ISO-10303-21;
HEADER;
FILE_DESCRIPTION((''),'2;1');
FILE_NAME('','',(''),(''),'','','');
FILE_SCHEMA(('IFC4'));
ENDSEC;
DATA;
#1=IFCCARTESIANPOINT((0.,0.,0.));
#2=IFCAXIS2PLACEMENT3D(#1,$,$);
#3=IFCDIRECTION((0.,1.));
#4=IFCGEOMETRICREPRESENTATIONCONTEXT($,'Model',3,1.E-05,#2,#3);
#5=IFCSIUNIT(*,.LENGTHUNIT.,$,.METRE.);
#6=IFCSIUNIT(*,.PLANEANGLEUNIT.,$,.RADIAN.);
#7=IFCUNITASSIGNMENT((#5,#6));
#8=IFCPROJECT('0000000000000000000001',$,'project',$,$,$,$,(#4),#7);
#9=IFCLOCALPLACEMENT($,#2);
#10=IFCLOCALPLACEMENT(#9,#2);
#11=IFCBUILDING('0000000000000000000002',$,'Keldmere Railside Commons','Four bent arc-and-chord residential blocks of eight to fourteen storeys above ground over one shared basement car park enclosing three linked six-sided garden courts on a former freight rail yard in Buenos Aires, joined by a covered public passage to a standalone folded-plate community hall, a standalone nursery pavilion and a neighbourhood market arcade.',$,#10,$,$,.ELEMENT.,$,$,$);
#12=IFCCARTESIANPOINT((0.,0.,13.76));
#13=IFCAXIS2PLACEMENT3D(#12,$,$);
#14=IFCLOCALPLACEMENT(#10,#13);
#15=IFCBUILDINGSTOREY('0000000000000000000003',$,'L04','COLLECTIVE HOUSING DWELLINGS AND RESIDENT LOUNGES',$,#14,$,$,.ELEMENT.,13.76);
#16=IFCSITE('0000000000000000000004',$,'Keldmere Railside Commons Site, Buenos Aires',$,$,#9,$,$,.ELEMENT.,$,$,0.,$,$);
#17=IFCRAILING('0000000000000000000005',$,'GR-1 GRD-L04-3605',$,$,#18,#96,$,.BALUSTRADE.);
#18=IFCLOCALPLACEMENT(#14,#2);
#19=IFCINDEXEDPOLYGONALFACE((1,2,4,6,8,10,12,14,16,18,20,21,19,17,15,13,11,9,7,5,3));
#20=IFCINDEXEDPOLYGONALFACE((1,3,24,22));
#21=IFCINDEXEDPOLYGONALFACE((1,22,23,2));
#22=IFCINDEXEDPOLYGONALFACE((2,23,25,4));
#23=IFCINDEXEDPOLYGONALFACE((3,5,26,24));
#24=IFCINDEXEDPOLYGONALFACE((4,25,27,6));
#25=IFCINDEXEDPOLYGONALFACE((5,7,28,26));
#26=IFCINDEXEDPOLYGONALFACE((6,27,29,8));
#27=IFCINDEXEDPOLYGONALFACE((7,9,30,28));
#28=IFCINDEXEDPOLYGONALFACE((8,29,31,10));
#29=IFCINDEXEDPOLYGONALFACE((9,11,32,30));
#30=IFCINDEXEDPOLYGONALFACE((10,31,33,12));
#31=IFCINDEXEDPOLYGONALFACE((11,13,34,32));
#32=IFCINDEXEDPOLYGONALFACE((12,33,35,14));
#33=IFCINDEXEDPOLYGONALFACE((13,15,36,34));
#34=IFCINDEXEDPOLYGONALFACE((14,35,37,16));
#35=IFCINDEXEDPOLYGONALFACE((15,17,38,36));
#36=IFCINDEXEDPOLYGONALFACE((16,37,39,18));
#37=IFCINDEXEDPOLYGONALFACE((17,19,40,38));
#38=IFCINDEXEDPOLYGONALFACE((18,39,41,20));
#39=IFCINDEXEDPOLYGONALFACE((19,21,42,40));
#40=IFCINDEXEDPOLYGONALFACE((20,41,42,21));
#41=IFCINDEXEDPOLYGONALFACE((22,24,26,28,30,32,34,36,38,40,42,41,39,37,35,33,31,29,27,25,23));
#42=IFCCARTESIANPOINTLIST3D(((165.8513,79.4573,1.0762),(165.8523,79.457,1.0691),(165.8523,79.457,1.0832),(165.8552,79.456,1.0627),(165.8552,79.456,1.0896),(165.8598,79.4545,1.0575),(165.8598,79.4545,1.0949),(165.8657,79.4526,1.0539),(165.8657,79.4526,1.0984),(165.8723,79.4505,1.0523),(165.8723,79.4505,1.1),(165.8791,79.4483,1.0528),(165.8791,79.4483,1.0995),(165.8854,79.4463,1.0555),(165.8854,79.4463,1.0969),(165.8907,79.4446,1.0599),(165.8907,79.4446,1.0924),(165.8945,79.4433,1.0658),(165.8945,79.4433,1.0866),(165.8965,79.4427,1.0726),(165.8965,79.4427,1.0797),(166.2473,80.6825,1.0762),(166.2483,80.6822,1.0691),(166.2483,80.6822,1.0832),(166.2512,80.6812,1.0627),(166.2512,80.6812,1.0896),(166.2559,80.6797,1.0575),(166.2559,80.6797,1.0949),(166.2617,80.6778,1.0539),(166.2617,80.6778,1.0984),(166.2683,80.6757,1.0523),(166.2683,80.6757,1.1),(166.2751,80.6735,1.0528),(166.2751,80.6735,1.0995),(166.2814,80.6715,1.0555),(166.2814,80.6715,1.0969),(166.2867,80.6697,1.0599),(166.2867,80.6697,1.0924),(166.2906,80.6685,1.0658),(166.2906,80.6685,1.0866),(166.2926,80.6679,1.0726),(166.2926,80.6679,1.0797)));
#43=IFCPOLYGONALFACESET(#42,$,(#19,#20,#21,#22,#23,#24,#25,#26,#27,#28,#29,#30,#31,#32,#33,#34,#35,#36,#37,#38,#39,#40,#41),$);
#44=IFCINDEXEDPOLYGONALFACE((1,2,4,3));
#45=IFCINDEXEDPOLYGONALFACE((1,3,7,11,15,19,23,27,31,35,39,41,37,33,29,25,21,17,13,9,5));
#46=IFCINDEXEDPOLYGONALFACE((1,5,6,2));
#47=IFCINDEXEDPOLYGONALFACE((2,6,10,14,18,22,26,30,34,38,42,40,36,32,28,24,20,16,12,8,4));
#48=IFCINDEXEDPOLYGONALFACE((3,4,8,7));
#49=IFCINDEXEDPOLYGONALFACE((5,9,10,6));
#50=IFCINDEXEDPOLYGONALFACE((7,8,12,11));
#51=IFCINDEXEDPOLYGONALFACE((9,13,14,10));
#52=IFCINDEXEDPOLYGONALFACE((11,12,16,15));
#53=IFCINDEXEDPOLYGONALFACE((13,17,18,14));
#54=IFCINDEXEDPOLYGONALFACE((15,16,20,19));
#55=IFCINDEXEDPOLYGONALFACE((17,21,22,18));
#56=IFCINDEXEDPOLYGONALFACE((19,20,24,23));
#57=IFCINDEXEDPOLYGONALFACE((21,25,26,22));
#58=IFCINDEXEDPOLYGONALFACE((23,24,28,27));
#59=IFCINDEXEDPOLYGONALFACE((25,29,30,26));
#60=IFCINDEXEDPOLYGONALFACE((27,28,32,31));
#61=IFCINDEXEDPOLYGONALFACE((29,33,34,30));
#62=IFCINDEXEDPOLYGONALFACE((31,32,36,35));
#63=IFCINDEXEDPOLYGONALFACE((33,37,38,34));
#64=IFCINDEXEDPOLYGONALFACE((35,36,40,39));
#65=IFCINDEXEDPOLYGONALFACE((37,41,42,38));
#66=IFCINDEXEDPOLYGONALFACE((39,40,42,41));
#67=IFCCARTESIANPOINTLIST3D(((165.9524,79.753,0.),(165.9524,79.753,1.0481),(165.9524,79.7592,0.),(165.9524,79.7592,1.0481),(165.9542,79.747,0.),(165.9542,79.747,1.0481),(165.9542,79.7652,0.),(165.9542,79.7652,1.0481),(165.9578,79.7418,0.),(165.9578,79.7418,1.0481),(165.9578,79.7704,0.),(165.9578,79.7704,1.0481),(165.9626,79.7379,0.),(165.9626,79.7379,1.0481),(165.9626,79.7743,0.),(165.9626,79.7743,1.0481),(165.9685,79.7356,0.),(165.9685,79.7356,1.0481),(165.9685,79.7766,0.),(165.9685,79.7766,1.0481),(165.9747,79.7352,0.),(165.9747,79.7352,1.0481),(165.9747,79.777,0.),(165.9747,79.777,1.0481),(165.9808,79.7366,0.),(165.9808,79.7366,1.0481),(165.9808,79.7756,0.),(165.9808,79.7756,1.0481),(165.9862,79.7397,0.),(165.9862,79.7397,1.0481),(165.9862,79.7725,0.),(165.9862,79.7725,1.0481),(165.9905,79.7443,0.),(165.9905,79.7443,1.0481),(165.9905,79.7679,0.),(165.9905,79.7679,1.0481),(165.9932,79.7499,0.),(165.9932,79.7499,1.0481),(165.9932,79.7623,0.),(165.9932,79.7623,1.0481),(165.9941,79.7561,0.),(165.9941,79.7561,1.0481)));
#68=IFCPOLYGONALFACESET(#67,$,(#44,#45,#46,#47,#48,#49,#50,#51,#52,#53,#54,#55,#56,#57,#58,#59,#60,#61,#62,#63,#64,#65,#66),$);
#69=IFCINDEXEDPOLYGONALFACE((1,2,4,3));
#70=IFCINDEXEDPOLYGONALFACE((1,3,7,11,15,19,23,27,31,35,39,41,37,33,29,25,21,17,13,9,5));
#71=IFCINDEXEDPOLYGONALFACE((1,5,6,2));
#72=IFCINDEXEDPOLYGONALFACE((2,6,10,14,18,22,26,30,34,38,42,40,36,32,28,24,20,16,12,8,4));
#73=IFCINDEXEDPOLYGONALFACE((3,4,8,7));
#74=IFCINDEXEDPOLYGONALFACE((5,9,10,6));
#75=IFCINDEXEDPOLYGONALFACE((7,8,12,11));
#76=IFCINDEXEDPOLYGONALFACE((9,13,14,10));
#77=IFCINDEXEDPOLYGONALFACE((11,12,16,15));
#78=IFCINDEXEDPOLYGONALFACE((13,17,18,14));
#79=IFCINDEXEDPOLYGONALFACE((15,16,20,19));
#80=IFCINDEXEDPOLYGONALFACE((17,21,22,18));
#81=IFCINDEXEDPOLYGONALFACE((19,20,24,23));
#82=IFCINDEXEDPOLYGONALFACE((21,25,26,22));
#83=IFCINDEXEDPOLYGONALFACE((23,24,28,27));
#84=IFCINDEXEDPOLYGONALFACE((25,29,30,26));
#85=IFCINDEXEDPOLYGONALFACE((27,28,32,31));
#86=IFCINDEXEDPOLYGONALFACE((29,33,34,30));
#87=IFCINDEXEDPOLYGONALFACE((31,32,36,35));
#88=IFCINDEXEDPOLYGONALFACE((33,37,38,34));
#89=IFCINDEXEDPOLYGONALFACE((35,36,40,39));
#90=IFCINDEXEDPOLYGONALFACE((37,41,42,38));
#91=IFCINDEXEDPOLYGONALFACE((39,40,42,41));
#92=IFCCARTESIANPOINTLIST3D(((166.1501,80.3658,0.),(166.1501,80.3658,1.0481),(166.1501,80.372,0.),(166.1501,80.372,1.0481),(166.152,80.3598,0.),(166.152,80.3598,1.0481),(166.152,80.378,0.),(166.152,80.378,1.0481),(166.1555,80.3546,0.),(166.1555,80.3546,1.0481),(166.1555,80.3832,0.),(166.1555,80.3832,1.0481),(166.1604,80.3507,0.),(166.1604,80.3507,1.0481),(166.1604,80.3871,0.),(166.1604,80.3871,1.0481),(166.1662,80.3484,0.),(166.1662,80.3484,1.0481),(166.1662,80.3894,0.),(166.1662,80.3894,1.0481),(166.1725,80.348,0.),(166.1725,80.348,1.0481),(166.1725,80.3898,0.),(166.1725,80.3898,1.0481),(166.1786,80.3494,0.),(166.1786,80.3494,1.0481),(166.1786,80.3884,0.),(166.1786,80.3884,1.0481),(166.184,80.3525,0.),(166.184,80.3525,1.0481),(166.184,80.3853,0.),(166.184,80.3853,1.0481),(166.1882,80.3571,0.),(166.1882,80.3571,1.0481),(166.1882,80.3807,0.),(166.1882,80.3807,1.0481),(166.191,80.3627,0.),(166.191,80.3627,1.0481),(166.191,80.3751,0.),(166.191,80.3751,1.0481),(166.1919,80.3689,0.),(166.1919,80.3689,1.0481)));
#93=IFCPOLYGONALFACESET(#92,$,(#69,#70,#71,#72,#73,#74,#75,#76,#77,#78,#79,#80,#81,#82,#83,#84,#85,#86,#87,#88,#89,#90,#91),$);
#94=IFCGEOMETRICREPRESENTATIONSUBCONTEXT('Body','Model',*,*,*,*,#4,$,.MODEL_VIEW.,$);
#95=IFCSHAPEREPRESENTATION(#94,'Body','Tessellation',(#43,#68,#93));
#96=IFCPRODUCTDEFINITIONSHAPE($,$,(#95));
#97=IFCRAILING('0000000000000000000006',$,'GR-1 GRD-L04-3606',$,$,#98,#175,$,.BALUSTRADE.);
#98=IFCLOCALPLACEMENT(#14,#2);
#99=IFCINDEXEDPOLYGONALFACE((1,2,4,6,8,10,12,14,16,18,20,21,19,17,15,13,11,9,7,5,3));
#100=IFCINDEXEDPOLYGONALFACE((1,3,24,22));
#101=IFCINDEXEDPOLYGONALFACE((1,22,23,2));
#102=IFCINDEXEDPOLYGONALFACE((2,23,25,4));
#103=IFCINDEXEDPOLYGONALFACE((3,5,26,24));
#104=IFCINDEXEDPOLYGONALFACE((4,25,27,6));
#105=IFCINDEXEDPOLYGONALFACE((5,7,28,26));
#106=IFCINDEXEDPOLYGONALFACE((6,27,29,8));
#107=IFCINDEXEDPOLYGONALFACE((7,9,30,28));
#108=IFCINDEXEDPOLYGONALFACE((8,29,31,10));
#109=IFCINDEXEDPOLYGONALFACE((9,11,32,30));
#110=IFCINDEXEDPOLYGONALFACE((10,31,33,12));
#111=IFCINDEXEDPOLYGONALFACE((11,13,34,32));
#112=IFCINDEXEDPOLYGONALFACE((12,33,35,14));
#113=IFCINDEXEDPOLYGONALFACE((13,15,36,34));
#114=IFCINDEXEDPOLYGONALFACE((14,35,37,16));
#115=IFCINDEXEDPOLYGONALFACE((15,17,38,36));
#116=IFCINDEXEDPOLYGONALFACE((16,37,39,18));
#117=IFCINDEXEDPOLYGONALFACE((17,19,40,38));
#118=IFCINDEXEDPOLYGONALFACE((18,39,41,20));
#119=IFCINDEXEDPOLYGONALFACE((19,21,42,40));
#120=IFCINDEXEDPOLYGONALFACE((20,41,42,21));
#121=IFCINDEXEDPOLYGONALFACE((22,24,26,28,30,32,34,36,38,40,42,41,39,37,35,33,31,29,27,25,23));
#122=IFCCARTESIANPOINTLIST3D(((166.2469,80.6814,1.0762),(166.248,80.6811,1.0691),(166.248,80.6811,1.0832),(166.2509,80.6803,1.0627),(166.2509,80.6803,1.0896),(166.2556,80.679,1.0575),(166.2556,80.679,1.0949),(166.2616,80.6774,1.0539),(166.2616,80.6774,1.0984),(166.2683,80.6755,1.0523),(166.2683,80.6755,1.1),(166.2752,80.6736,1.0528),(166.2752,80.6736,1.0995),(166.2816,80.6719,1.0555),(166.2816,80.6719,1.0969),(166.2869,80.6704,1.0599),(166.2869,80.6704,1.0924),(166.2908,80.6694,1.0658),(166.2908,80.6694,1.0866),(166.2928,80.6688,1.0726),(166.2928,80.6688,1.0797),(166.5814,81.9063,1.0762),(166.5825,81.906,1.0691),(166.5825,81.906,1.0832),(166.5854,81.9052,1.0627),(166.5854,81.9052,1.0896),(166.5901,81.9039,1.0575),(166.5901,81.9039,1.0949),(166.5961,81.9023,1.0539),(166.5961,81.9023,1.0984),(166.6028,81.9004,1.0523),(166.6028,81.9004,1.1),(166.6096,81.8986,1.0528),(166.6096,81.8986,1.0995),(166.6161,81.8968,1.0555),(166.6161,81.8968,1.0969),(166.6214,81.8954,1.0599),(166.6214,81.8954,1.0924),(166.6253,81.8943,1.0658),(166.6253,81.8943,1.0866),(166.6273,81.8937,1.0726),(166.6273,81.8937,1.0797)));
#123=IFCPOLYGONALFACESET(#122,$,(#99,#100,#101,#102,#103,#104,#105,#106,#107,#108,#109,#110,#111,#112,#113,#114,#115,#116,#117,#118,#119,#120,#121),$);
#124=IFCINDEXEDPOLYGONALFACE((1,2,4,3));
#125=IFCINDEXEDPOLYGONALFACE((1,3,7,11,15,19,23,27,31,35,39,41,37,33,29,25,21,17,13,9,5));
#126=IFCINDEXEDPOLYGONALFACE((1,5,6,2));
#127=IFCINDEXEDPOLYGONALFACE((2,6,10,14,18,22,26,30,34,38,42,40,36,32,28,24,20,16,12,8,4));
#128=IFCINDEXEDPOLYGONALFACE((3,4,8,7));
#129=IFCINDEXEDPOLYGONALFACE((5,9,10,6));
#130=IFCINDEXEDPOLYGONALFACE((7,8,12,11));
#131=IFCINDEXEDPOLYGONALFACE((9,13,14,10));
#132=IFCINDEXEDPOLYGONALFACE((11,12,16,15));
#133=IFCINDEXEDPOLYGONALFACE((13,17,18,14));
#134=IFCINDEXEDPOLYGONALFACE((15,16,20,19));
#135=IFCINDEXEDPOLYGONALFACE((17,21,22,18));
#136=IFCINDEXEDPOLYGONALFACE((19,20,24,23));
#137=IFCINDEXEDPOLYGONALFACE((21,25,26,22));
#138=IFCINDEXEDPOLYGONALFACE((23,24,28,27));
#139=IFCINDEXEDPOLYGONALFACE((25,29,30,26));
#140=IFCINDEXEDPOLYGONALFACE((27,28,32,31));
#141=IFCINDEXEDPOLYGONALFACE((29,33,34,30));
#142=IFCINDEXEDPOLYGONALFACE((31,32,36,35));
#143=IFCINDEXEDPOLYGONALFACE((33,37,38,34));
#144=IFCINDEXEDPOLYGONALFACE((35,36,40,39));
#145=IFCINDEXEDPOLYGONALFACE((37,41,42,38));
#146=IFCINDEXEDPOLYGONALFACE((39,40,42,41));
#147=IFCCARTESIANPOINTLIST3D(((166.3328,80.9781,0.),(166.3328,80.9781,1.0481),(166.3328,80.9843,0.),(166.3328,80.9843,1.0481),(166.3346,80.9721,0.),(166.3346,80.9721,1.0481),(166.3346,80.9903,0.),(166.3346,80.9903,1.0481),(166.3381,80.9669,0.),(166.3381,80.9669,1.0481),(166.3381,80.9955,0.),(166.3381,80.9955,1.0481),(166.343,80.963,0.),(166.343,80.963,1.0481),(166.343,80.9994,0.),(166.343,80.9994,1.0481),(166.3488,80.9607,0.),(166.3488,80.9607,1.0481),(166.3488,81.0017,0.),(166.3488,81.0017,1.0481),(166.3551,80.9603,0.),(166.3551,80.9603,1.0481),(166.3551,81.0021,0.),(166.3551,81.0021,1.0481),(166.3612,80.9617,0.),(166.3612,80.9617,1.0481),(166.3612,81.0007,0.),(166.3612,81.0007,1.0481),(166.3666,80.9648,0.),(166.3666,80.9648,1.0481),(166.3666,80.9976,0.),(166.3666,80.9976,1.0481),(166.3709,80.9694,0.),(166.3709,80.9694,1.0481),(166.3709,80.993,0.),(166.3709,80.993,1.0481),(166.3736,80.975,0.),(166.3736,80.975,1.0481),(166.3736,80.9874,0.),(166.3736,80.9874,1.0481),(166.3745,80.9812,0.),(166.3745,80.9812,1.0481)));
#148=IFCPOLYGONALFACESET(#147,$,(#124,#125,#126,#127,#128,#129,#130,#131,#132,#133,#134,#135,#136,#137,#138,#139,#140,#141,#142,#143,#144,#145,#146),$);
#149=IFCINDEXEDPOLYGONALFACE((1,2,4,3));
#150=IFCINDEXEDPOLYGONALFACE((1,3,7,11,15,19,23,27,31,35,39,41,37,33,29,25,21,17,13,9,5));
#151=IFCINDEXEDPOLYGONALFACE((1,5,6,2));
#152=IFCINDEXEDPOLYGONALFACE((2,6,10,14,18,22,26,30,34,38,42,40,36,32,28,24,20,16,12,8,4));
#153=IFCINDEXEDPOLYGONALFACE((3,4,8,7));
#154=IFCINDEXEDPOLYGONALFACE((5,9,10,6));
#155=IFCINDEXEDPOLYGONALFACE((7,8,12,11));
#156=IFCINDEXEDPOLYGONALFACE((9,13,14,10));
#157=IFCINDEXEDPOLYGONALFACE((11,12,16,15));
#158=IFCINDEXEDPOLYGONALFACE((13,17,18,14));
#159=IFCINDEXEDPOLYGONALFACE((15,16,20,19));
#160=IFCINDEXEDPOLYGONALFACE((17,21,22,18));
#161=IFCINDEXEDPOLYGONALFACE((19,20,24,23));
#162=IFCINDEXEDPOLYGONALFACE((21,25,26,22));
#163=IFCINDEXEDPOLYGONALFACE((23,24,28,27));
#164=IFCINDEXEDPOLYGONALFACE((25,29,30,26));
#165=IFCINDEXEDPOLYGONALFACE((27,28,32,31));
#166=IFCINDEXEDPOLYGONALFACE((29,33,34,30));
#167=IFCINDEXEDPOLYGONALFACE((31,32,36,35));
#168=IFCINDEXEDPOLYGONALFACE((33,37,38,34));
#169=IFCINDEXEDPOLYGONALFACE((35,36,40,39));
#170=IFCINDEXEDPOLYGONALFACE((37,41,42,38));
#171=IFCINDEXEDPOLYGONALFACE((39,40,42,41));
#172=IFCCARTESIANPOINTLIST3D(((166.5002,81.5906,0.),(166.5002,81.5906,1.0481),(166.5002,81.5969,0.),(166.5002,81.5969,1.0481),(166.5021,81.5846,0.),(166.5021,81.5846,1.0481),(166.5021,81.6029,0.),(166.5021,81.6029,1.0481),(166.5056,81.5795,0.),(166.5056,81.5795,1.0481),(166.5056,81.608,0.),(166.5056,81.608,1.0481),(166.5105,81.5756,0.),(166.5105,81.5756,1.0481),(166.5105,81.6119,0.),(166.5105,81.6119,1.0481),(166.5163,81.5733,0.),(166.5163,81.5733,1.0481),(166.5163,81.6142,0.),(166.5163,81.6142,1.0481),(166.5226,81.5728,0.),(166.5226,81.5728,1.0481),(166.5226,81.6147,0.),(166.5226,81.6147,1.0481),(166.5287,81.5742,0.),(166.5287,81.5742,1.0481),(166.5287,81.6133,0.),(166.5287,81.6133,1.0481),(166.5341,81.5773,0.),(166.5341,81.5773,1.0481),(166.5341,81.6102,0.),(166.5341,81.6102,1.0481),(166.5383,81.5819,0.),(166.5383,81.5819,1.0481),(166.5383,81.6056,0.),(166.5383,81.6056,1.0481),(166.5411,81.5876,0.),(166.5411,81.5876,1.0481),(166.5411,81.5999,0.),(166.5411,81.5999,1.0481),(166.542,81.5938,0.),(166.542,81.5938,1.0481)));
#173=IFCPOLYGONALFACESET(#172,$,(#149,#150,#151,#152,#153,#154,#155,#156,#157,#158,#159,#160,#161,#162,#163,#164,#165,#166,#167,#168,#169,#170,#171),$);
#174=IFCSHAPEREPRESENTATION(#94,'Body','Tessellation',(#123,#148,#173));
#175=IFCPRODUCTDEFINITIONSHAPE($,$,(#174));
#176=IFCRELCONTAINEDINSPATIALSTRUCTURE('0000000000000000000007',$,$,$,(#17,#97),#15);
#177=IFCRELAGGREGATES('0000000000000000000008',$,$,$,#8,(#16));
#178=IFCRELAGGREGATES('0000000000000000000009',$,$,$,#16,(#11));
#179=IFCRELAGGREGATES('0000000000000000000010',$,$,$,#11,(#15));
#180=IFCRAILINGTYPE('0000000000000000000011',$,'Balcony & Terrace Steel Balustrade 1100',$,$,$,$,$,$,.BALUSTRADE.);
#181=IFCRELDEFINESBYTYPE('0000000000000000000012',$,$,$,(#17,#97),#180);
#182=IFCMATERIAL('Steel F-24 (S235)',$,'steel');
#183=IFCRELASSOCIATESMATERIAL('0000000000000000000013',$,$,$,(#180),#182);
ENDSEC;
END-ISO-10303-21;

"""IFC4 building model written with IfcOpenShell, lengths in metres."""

from ifc_helpers import new_model, si_unit, direction, frame, origin, origin_2d, place, context, subcontext, project, spatial, circle, extrude, material, type_object, element, save


model = new_model("IFC4")

# Units and contexts
model_context = context("Model", 3, precision=1e-05, world=origin(), true_north=direction((0.0, 1.0)))
body_context = subcontext(model_context, "Body", "Model", "MODEL_VIEW")
ifc_project = project(units=[si_unit("LENGTHUNIT", "METRE"), si_unit("PLANEANGLEUNIT", "RADIAN")], contexts=[model_context])

# Site, building, storey
site_placement = place(None, origin())
site = spatial("IfcSite", under=ifc_project, at=site_placement, Name="Keldmere Railside Commons Site, Buenos Aires", CompositionType="ELEMENT", RefElevation=0.0)
building_placement = place(site_placement, origin())
building = spatial("IfcBuilding", under=site, at=building_placement, Name="Keldmere Railside Commons", Description="Four bent arc-and-chord residential blocks of eight to fourteen storeys above ground over one shared basement car park enclosing three linked six-sided garden courts on a former freight rail yard in Buenos Aires, joined by a covered public passage to a standalone folded-plate community hall, a standalone nursery pavilion and a neighbourhood market arcade.", CompositionType="ELEMENT")
storey_placement = place(building_placement, frame((0.0, 0.0, 13.76)))
storey = spatial("IfcBuildingStorey", under=building, at=storey_placement, Name="L04", Description="COLLECTIVE HOUSING DWELLINGS AND RESIDENT LOUNGES", CompositionType="ELEMENT", Elevation=13.76)

# Railings
ifc_material_1 = material(Name="Steel F-24 (S235)", Category="steel")
railing_type = type_object("IfcRailingType", Name="Balcony & Terrace Steel Balustrade 1100", PredefinedType="BALUSTRADE", material=ifc_material_1)
railing_1_placement = place(storey_placement, frame((165.874, 79.45, 0.0)))
element("IfcRailing", 1, at=railing_1_placement, inside=storey, type_object=railing_type, Name="GR-1 GRD-L04-3605", PredefinedType="BALUSTRADE", context=body_context, shape_type="SweptSolid", body=[
    extrude(circle(Radius=0.0239, at=origin_2d()), frame((0.0, 0.0, 1.0762), z_axis=(0.307568, 0.951526, 0.0), x_axis=(-0.951526, 0.307568, 0.0)), (0.0, 0.0, 1.0), 1.2876),
    extrude(circle(Radius=0.021, at=origin_2d()), frame((0.0991, 0.3062, 0.0)), (0.0, 0.0, 1.0), 1.0481),
    extrude(circle(Radius=0.021, at=origin_2d()), frame((0.2969, 0.9189, 0.0)), (0.0, 0.0, 1.0), 1.0481),
])
railing_2_placement = place(storey_placement, frame((166.27, 80.675, 0.0)))
element("IfcRailing", 2, at=railing_2_placement, inside=storey, type_object=railing_type, Name="GR-1 GRD-L04-3606", PredefinedType="BALUSTRADE", context=body_context, shape_type="SweptSolid", body=[
    extrude(circle(Radius=0.0239, at=origin_2d()), frame((0.0, 0.0, 1.0762), z_axis=(0.263427, 0.964679, 0.0), x_axis=(-0.964679, 0.263427, 0.0)), (0.0, 0.0, 1.0), 1.2698),
    extrude(circle(Radius=0.021, at=origin_2d()), frame((0.0835, 0.3062, 0.0)), (0.0, 0.0, 1.0), 1.0481),
    extrude(circle(Radius=0.021, at=origin_2d()), frame((0.251, 0.9187, 0.0)), (0.0, 0.0, 1.0), 1.0481),
])

save(model, "model.ifc")
